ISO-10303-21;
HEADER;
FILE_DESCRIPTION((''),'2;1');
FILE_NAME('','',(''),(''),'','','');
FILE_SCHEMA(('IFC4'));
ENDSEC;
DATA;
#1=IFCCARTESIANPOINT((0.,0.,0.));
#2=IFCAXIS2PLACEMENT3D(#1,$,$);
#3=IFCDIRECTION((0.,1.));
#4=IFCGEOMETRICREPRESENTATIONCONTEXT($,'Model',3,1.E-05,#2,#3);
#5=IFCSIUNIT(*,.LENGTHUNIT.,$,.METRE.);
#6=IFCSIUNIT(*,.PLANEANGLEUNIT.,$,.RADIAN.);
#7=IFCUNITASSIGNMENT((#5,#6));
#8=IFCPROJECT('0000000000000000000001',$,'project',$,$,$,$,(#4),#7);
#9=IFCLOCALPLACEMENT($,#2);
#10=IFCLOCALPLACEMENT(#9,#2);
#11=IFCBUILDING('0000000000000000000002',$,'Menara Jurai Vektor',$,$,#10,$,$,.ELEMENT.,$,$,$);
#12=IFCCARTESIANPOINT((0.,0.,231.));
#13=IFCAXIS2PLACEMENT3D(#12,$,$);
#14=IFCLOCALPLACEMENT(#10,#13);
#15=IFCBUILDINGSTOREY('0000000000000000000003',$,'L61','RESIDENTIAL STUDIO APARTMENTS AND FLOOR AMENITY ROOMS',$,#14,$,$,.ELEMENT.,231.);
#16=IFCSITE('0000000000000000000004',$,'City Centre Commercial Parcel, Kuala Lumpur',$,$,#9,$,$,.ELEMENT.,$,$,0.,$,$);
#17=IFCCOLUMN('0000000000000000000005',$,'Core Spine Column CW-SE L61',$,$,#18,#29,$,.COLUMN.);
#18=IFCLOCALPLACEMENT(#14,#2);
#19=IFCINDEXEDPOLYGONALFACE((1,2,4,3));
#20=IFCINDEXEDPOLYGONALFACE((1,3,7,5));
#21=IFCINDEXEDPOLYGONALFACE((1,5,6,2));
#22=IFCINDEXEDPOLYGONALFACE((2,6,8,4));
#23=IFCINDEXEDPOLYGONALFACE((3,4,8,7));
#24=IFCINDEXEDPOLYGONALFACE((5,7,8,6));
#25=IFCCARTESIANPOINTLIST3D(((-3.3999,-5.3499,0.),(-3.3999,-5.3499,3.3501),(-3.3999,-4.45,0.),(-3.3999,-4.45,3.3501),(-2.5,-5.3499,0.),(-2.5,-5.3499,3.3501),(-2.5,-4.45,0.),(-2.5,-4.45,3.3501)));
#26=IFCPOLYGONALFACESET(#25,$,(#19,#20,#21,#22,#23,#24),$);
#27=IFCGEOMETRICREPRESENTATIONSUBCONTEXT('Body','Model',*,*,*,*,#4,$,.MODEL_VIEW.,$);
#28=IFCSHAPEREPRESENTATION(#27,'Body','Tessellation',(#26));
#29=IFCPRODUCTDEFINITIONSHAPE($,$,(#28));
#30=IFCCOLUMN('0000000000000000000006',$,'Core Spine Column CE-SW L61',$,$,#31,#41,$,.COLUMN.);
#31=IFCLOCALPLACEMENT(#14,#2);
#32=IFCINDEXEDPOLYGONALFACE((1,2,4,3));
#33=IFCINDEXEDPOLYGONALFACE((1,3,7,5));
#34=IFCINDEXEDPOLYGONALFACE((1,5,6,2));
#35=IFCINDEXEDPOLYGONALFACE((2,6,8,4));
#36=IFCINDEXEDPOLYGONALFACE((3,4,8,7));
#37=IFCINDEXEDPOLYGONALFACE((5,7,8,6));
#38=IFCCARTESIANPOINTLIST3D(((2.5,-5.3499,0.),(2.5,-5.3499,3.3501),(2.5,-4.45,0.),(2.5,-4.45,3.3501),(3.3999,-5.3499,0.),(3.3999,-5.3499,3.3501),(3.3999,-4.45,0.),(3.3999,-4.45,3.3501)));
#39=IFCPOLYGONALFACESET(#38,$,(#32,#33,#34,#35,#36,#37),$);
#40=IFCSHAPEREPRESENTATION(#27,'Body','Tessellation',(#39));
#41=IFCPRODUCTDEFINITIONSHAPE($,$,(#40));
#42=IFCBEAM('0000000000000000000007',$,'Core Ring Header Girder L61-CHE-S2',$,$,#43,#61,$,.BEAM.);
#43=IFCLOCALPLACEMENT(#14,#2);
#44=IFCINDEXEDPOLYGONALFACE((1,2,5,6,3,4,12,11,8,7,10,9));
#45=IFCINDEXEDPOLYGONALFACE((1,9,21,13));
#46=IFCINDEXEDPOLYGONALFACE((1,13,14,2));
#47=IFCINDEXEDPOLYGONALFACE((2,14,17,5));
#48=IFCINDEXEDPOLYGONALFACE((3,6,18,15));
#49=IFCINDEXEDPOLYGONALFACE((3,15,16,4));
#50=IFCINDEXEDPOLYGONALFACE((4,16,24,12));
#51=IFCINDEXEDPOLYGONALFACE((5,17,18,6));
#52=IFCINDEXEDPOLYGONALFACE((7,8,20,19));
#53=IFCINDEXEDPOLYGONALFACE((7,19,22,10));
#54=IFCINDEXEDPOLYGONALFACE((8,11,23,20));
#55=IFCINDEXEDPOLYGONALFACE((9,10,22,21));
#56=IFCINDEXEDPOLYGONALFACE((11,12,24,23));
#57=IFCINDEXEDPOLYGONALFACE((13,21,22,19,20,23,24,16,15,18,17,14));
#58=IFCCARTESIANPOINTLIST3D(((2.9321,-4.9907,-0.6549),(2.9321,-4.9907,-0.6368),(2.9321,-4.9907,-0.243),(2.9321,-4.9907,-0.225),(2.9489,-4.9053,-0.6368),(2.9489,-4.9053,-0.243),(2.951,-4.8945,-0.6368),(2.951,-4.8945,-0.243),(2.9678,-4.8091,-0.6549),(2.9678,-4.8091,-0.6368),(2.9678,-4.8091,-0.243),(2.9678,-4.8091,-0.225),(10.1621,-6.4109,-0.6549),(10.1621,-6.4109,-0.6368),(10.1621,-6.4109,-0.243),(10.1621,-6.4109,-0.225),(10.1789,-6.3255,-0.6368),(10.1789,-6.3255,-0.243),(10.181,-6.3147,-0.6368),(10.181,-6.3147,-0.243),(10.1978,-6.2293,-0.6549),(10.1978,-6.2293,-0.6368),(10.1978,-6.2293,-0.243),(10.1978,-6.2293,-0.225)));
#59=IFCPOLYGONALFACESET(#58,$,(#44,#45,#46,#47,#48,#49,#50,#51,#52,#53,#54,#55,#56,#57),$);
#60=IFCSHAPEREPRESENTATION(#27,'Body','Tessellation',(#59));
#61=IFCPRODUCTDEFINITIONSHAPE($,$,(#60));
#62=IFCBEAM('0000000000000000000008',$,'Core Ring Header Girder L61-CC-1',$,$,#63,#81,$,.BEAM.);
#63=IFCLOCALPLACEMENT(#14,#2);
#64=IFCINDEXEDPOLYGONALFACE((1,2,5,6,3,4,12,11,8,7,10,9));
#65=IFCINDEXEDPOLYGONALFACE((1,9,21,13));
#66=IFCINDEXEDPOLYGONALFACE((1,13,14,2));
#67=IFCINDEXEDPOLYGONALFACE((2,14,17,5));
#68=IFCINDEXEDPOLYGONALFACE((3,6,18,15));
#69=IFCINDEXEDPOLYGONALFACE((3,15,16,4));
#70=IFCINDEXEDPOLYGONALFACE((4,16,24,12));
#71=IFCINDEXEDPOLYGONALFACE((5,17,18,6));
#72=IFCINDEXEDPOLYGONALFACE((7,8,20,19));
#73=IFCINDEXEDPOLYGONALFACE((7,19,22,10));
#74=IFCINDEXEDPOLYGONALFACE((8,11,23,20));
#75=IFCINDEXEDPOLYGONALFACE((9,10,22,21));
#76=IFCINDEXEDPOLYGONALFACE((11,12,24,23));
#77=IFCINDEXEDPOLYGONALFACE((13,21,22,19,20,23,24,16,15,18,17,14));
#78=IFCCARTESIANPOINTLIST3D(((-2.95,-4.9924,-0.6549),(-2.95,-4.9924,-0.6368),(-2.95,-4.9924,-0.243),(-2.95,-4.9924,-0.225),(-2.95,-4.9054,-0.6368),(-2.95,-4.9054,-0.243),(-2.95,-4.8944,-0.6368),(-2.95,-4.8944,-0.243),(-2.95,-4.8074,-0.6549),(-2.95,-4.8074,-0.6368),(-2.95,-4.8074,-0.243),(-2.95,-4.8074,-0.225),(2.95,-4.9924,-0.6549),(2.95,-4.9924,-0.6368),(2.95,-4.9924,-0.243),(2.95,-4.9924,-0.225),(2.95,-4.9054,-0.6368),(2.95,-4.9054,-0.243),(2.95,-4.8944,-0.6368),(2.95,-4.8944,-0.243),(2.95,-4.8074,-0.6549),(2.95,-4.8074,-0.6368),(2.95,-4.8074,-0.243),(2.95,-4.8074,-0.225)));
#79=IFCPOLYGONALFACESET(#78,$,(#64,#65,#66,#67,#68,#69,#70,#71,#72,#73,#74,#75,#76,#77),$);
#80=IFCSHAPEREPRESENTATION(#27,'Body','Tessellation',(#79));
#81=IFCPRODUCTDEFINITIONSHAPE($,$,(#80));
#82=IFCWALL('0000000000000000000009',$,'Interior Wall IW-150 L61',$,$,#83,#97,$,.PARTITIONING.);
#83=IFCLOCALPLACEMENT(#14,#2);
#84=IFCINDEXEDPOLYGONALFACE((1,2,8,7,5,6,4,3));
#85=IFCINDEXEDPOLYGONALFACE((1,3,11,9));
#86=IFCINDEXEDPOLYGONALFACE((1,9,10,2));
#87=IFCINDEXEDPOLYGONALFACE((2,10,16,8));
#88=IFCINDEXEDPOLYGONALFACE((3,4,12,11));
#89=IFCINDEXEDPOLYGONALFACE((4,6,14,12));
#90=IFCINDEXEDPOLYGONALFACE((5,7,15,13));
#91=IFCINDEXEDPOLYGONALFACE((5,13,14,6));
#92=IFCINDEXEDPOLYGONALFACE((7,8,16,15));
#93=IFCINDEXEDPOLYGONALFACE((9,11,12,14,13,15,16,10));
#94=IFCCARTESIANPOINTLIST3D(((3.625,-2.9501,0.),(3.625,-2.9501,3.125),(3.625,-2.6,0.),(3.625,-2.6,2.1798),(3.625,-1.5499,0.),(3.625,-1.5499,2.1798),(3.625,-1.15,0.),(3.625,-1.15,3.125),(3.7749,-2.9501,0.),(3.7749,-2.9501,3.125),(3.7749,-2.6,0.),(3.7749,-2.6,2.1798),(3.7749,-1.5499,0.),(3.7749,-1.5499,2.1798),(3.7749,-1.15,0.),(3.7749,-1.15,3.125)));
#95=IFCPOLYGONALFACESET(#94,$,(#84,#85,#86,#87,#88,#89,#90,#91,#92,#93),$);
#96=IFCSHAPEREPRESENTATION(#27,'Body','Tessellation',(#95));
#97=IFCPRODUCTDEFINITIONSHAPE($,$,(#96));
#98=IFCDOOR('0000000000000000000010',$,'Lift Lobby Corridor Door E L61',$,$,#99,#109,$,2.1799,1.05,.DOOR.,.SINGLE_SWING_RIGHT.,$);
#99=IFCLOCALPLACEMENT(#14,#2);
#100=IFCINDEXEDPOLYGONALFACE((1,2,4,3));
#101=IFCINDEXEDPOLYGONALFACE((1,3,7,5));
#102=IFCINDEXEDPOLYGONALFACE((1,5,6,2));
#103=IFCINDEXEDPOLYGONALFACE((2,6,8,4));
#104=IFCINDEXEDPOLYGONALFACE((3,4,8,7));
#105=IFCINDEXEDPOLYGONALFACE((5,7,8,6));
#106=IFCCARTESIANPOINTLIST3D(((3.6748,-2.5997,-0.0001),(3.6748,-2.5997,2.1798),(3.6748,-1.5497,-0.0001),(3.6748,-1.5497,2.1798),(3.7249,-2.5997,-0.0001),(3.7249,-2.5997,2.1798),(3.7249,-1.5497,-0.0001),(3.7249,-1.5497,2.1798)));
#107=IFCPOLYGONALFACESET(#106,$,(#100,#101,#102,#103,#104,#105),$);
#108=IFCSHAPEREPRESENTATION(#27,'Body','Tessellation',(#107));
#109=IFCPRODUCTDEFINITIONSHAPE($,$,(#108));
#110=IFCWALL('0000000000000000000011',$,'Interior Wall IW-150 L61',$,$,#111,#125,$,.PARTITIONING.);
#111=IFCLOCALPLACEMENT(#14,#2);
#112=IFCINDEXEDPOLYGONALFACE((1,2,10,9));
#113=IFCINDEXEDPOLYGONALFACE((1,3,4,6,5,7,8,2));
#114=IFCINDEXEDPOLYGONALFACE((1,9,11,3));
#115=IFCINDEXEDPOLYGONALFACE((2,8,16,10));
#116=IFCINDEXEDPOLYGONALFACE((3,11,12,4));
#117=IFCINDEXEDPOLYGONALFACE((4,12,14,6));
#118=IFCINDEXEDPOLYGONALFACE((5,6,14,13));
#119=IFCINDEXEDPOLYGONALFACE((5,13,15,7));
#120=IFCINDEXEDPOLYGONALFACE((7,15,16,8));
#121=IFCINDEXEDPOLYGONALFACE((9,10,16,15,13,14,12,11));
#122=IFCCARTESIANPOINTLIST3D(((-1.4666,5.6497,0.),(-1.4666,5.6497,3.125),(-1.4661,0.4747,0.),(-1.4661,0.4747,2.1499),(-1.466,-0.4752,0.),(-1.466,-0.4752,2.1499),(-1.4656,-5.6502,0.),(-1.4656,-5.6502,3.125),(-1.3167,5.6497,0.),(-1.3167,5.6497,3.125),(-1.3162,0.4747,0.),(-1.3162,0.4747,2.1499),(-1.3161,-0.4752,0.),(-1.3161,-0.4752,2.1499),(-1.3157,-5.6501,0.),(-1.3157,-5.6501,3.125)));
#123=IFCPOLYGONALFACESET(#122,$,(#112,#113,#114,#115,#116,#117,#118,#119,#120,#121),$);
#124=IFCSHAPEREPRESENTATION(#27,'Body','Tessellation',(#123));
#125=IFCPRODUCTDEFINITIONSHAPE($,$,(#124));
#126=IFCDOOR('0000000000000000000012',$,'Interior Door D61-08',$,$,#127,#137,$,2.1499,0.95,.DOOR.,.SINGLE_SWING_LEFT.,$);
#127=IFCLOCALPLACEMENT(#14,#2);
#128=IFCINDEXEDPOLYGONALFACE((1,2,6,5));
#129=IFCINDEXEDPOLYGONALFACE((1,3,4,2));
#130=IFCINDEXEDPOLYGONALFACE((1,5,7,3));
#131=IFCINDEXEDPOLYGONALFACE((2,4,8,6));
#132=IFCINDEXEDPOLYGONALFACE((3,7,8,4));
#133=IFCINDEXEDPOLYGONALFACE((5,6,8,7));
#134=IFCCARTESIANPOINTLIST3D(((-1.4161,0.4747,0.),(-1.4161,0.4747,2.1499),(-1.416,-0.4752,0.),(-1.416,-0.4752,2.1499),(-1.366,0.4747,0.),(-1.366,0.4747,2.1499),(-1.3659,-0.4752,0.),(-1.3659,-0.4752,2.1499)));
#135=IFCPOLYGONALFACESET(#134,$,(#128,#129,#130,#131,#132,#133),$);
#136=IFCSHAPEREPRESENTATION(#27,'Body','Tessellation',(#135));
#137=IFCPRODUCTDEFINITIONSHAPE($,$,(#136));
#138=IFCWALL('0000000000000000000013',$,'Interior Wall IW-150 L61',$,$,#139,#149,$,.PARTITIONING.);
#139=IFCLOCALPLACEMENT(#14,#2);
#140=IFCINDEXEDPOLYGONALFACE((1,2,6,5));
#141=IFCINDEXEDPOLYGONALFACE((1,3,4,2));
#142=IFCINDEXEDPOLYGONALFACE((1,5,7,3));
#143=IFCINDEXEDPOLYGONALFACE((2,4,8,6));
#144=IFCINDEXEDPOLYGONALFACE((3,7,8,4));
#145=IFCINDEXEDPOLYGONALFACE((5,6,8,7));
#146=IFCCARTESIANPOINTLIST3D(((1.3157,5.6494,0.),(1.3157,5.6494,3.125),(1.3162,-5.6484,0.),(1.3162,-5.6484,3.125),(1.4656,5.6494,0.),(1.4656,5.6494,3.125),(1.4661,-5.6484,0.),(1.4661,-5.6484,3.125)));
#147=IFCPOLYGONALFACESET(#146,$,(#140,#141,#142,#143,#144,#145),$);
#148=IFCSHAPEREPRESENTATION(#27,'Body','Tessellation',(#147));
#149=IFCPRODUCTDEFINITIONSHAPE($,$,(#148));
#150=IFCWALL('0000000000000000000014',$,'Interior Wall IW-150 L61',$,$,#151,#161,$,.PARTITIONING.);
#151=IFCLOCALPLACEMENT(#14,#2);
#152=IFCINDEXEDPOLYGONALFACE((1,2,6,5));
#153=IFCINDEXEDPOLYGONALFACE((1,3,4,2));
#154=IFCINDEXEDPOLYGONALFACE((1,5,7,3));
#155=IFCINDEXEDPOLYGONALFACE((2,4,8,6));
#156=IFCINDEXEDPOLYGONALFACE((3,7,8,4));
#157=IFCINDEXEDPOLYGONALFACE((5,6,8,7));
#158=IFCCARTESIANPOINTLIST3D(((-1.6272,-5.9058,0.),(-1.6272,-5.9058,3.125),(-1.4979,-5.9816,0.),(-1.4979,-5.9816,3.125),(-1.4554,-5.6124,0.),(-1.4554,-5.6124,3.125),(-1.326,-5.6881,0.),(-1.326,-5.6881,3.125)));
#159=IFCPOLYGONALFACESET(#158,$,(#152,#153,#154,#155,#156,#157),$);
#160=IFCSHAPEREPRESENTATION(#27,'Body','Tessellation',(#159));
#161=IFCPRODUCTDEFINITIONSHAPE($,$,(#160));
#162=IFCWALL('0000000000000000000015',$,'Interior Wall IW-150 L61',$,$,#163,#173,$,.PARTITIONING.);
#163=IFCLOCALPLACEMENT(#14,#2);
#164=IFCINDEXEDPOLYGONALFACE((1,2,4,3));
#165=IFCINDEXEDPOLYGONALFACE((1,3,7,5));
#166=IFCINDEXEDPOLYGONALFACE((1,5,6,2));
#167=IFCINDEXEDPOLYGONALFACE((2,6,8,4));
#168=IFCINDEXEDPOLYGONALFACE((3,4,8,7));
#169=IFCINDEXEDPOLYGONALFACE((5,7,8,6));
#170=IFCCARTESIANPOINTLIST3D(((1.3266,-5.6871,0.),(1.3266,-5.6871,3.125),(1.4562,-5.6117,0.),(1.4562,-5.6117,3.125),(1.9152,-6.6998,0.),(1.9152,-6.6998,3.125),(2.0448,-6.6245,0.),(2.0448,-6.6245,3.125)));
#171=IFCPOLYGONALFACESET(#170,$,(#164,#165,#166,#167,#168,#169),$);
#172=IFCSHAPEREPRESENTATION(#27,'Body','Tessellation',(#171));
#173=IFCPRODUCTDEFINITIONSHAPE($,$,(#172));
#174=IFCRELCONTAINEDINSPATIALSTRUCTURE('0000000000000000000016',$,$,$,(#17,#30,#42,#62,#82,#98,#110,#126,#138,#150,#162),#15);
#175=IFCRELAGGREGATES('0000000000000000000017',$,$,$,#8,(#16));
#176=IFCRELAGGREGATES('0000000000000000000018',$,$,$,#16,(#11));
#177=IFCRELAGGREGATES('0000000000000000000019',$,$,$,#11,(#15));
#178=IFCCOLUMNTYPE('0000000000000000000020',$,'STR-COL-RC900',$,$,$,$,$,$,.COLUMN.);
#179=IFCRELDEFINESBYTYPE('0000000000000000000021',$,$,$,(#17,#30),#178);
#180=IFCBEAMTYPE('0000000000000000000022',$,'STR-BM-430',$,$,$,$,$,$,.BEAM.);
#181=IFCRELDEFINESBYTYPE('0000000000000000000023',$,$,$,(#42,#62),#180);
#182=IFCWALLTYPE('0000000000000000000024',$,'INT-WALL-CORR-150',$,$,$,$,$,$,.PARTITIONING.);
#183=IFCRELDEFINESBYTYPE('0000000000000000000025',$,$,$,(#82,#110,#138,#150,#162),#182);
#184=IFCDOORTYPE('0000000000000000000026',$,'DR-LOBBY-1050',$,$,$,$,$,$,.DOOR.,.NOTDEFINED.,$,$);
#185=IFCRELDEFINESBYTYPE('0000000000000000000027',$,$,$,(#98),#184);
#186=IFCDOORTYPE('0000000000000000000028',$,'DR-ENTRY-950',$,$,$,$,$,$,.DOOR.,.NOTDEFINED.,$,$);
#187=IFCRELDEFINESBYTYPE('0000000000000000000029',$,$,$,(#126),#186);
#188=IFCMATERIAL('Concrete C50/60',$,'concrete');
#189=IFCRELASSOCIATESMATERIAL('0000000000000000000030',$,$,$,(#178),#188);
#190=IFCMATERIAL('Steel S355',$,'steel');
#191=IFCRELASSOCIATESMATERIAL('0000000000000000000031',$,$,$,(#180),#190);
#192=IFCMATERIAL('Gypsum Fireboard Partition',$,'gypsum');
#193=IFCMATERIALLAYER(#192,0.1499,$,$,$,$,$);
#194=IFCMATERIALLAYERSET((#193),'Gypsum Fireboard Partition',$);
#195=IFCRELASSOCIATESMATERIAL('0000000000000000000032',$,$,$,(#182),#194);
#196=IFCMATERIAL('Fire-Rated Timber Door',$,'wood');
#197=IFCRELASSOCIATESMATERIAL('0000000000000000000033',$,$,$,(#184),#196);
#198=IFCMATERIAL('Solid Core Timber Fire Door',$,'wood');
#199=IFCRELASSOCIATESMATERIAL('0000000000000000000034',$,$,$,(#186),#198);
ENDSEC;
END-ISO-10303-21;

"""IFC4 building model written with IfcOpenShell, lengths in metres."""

from ifc_helpers import new_model, si_unit, direction, frame, frame_2d, origin, origin_2d, place, context, subcontext, project, spatial, rectangle, i_section, extrude, material, layer, layer_set, material_profile, profile_set, type_object, element, fill, save


model = new_model("IFC4")

# Units and contexts
model_context = context("Model", 3, precision=1e-05, world=origin(), true_north=direction((0.0, 1.0)))
body_context = subcontext(model_context, "Body", "Model", "MODEL_VIEW")
ifc_project = project(units=[si_unit("LENGTHUNIT", "METRE"), si_unit("PLANEANGLEUNIT", "RADIAN")], contexts=[model_context])

# Site, building, storey
site_placement = place(None, origin())
site = spatial("IfcSite", under=ifc_project, at=site_placement, Name="City Centre Commercial Parcel, Kuala Lumpur", CompositionType="ELEMENT", RefElevation=0.0)
building_placement = place(site_placement, origin())
building = spatial("IfcBuilding", under=site, at=building_placement, Name="Menara Jurai Vektor", CompositionType="ELEMENT")
storey_placement = place(building_placement, frame((0.0, 0.0, 231.0)))
storey = spatial("IfcBuildingStorey", under=building, at=storey_placement, Name="L61", Description="RESIDENTIAL STUDIO APARTMENTS AND FLOOR AMENITY ROOMS", CompositionType="ELEMENT", Elevation=231.0)

# Columns
ifc_material_1 = material(Name="Concrete C50/60", Category="concrete")
ifc_material_profile_1 = material_profile(ifc_material_1, rectangle(XDim=0.8999, YDim=0.8999, at=origin_2d()), Name="RC 900x900")
ifc_profile_set_1 = profile_set([ifc_material_profile_1], Name="Concrete C50/60")
column_type = type_object("IfcColumnType", Name="STR-COL-RC900", PredefinedType="COLUMN", material=ifc_profile_set_1)
for number, where, z_axis, x_axis, name in (
    (1, (-2.95, -4.8999, 0.0), (0.0, 0.0, 1.0), (1.0, 0.0, 0.0), "Core Spine Column CW-SE L61"),
    (2, (2.95, -4.8999, 0.0), (0.0, 0.0, 1.0), (1.0, 0.0, 0.0), "Core Spine Column CE-SW L61"),
):
    element("IfcColumn", number, at=place(storey_placement, frame(where, z_axis=z_axis, x_axis=x_axis)), inside=storey, type_object=column_type, Name=name, PredefinedType="COLUMN", context=body_context, shape_type="SweptSolid", body=[
        extrude(rectangle(XDim=0.8999, YDim=0.8999, at=origin_2d()), origin(), (0.0, 0.0, 1.0), 3.3501),
    ])

# Beams
ifc_material_2 = material(Name="Steel S355", Category="steel")
ifc_material_profile_2 = material_profile(ifc_material_2, i_section(OverallWidth=0.1851, OverallDepth=0.4299, WebThickness=0.011, FlangeThickness=0.0181, at=origin_2d()), Name="PG 430x185x76")
ifc_profile_set_2 = profile_set([ifc_material_profile_2], Name="Steel S355")
beam_type = type_object("IfcBeamType", Name="STR-BM-430", PredefinedType="BEAM", material=ifc_profile_set_2)
beam_1_placement = place(storey_placement, frame((2.95, -4.8999, -0.4399), z_axis=(0.981249, -0.192744, 0.0), x_axis=(0.192744, 0.981249, 0.0)))
element("IfcBeam", 3, at=beam_1_placement, inside=storey, type_object=beam_type, Name="Core Ring Header Girder L61-CHE-S2", PredefinedType="BEAM", context=body_context, shape_type="SweptSolid", body=[
    extrude(i_section(OverallWidth=0.1851, OverallDepth=0.4299, WebThickness=0.011, FlangeThickness=0.0181, at=origin_2d()), origin(), (0.0, 0.0, 1.0), 7.3682),
])
beam_2_placement = place(storey_placement, frame((-2.95, -4.8999, -0.4399), z_axis=(1.0, 0.0, 0.0), x_axis=(0.0, 1.0, 0.0)))
element("IfcBeam", 4, at=beam_2_placement, inside=storey, type_object=beam_type, Name="Core Ring Header Girder L61-CC-1", PredefinedType="BEAM", context=body_context, shape_type="SweptSolid", body=[
    extrude(i_section(OverallWidth=0.1851, OverallDepth=0.4299, WebThickness=0.011, FlangeThickness=0.0181, at=origin_2d()), origin(), (0.0, 0.0, 1.0), 5.8999),
])

# Walls, openings, doors
ifc_material_3 = material(Name="Gypsum Fireboard Partition", Category="gypsum")
ifc_layer_1 = layer(ifc_material_3, 0.1499)
ifc_layer_set_1 = layer_set([ifc_layer_1], Name="Gypsum Fireboard Partition")
wall_type_1 = type_object("IfcWallType", Name="INT-WALL-CORR-150", PredefinedType="PARTITIONING", material=ifc_layer_set_1)
wall_1_placement = place(storey_placement, frame((3.7, -2.95, 0.0), z_axis=(0.0, 0.0, 1.0), x_axis=(0.0, 1.0, 0.0)))
wall_1 = element("IfcWall", 5, at=wall_1_placement, inside=storey, type_object=wall_type_1, Name="Interior Wall IW-150 L61", PredefinedType="PARTITIONING", context=body_context, shape_type="SweptSolid", body=[
    extrude(rectangle(XDim=1.8, YDim=0.1499, at=frame_2d((0.8999, 0.0))), origin(), (0.0, 0.0, 1.0), 3.125),
])
opening_1_placement = place(wall_1_placement, frame((0.3501, 0.0, 0.0)))
opening_1 = element("IfcOpeningElement", 6, at=opening_1_placement, cuts=wall_1, PredefinedType="OPENING", context=body_context, shape_type="SweptSolid", body=[
    extrude(rectangle(XDim=1.05, YDim=2.1799, at=frame_2d((0.5249, 1.0898))), frame((0.0, 0.085, 0.0), z_axis=(0.0, -1.0, 0.0), x_axis=(1.0, 0.0, 0.0)), (0.0, 0.0, 1.0), 0.1699),
])
ifc_material_4 = material(Name="Fire-Rated Timber Door", Category="wood")
door_type_1 = type_object("IfcDoorType", Name="DR-LOBBY-1050", OperationType="NOTDEFINED", PredefinedType="DOOR", material=ifc_material_4)
door_1_placement = place(opening_1_placement, frame((1.05, 0.0, 0.0), z_axis=(0.0, 0.0, 1.0), x_axis=(-1.0, 0.0, 0.0)))
door_1 = element("IfcDoor", 7, at=door_1_placement, inside=storey, type_object=door_type_1, Name="Lift Lobby Corridor Door E L61", OperationType="SINGLE_SWING_RIGHT", OverallHeight=2.1799, OverallWidth=1.05, PredefinedType="DOOR", context=body_context, shape_type="SweptSolid", body=[
    extrude(rectangle(XDim=1.05, YDim=2.1799, at=frame_2d((0.5249, 1.0898))), frame((0.0, 0.0249, 0.0), z_axis=(0.0, -1.0, 0.0), x_axis=(1.0, 0.0, 0.0)), (0.0, 0.0, 1.0), 0.05),
])
fill(opening_1, door_1)
wall_2_placement = place(storey_placement, frame((-1.3906, -5.6501, 0.0), z_axis=(0.0, 0.0, 1.0), x_axis=(-0.000086, 1.0, 0.0)))
wall_2 = element("IfcWall", 8, at=wall_2_placement, inside=storey, type_object=wall_type_1, Name="Interior Wall IW-150 L61", PredefinedType="PARTITIONING", context=body_context, shape_type="SweptSolid", body=[
    extrude(rectangle(XDim=11.2998, YDim=0.1499, at=frame_2d((5.6499, 0.0))), origin(), (0.0, 0.0, 1.0), 3.125),
])
opening_2_placement = place(wall_2_placement, frame((5.1748, 0.0, 0.0)))
opening_2 = element("IfcOpeningElement", 9, at=opening_2_placement, cuts=wall_2, PredefinedType="OPENING", context=body_context, shape_type="SweptSolid", body=[
    extrude(rectangle(XDim=0.95, YDim=2.1499, at=frame_2d((0.4751, 1.075))), frame((0.0, 0.085, 0.0), z_axis=(0.0, -1.0, 0.0), x_axis=(1.0, 0.0, 0.0)), (0.0, 0.0, 1.0), 0.1699),
])
ifc_material_5 = material(Name="Solid Core Timber Fire Door", Category="wood")
door_type_2 = type_object("IfcDoorType", Name="DR-ENTRY-950", OperationType="NOTDEFINED", PredefinedType="DOOR", material=ifc_material_5)
door_2_placement = place(opening_2_placement, origin())
door_2 = element("IfcDoor", 10, at=door_2_placement, inside=storey, type_object=door_type_2, Name="Interior Door D61-08", OperationType="SINGLE_SWING_LEFT", OverallHeight=2.1499, OverallWidth=0.95, PredefinedType="DOOR", context=body_context, shape_type="SweptSolid", body=[
    extrude(rectangle(XDim=0.95, YDim=2.1499, at=frame_2d((0.4751, 1.075))), frame((0.0, 0.0249, 0.0), z_axis=(0.0, -1.0, 0.0), x_axis=(1.0, 0.0, 0.0)), (0.0, 0.0, 1.0), 0.05),
])
fill(opening_2, door_2)

# Walls
wall_3_placement = place(storey_placement, frame((1.3911, -5.6484, 0.0), z_axis=(0.0, 0.0, 1.0), x_axis=(-0.000043, 1.0, 0.0)))
element("IfcWall", 11, at=wall_3_placement, inside=storey, type_object=wall_type_1, Name="Interior Wall IW-150 L61", PredefinedType="PARTITIONING", context=body_context, shape_type="SweptSolid", body=[
    extrude(rectangle(XDim=11.2979, YDim=0.1499, at=frame_2d((5.6489, 0.0))), origin(), (0.0, 0.0, 1.0), 3.125),
])
wall_4_placement = place(storey_placement, frame((-1.5625, -5.9436, 0.0), z_axis=(0.0, 0.0, 1.0), x_axis=(0.505388, 0.862892, 0.0)))
element("IfcWall", 12, at=wall_4_placement, inside=storey, type_object=wall_type_1, Name="Interior Wall IW-150 L61", PredefinedType="PARTITIONING", context=body_context, shape_type="SweptSolid", body=[
    extrude(rectangle(XDim=0.3401, YDim=0.1499, at=frame_2d((0.1699, 0.0))), origin(), (0.0, 0.0, 1.0), 3.125),
])

# Wall
wall_5_placement = place(storey_placement, frame((1.3914, -5.6494, 0.0), z_axis=(0.0, 0.0, 1.0), x_axis=(0.502523, -0.864564, 0.0)))
element("IfcWall", 13, at=wall_5_placement, inside=storey, type_object=wall_type_1, Name="Interior Wall IW-150 L61", PredefinedType="PARTITIONING", context=body_context, shape_type="SweptSolid", body=[
    extrude(rectangle(XDim=1.1714, YDim=0.1499, at=frame_2d((0.5857, 0.0))), origin(), (0.0, 0.0, 1.0), 3.125),
])

save(model, "model.ifc")
